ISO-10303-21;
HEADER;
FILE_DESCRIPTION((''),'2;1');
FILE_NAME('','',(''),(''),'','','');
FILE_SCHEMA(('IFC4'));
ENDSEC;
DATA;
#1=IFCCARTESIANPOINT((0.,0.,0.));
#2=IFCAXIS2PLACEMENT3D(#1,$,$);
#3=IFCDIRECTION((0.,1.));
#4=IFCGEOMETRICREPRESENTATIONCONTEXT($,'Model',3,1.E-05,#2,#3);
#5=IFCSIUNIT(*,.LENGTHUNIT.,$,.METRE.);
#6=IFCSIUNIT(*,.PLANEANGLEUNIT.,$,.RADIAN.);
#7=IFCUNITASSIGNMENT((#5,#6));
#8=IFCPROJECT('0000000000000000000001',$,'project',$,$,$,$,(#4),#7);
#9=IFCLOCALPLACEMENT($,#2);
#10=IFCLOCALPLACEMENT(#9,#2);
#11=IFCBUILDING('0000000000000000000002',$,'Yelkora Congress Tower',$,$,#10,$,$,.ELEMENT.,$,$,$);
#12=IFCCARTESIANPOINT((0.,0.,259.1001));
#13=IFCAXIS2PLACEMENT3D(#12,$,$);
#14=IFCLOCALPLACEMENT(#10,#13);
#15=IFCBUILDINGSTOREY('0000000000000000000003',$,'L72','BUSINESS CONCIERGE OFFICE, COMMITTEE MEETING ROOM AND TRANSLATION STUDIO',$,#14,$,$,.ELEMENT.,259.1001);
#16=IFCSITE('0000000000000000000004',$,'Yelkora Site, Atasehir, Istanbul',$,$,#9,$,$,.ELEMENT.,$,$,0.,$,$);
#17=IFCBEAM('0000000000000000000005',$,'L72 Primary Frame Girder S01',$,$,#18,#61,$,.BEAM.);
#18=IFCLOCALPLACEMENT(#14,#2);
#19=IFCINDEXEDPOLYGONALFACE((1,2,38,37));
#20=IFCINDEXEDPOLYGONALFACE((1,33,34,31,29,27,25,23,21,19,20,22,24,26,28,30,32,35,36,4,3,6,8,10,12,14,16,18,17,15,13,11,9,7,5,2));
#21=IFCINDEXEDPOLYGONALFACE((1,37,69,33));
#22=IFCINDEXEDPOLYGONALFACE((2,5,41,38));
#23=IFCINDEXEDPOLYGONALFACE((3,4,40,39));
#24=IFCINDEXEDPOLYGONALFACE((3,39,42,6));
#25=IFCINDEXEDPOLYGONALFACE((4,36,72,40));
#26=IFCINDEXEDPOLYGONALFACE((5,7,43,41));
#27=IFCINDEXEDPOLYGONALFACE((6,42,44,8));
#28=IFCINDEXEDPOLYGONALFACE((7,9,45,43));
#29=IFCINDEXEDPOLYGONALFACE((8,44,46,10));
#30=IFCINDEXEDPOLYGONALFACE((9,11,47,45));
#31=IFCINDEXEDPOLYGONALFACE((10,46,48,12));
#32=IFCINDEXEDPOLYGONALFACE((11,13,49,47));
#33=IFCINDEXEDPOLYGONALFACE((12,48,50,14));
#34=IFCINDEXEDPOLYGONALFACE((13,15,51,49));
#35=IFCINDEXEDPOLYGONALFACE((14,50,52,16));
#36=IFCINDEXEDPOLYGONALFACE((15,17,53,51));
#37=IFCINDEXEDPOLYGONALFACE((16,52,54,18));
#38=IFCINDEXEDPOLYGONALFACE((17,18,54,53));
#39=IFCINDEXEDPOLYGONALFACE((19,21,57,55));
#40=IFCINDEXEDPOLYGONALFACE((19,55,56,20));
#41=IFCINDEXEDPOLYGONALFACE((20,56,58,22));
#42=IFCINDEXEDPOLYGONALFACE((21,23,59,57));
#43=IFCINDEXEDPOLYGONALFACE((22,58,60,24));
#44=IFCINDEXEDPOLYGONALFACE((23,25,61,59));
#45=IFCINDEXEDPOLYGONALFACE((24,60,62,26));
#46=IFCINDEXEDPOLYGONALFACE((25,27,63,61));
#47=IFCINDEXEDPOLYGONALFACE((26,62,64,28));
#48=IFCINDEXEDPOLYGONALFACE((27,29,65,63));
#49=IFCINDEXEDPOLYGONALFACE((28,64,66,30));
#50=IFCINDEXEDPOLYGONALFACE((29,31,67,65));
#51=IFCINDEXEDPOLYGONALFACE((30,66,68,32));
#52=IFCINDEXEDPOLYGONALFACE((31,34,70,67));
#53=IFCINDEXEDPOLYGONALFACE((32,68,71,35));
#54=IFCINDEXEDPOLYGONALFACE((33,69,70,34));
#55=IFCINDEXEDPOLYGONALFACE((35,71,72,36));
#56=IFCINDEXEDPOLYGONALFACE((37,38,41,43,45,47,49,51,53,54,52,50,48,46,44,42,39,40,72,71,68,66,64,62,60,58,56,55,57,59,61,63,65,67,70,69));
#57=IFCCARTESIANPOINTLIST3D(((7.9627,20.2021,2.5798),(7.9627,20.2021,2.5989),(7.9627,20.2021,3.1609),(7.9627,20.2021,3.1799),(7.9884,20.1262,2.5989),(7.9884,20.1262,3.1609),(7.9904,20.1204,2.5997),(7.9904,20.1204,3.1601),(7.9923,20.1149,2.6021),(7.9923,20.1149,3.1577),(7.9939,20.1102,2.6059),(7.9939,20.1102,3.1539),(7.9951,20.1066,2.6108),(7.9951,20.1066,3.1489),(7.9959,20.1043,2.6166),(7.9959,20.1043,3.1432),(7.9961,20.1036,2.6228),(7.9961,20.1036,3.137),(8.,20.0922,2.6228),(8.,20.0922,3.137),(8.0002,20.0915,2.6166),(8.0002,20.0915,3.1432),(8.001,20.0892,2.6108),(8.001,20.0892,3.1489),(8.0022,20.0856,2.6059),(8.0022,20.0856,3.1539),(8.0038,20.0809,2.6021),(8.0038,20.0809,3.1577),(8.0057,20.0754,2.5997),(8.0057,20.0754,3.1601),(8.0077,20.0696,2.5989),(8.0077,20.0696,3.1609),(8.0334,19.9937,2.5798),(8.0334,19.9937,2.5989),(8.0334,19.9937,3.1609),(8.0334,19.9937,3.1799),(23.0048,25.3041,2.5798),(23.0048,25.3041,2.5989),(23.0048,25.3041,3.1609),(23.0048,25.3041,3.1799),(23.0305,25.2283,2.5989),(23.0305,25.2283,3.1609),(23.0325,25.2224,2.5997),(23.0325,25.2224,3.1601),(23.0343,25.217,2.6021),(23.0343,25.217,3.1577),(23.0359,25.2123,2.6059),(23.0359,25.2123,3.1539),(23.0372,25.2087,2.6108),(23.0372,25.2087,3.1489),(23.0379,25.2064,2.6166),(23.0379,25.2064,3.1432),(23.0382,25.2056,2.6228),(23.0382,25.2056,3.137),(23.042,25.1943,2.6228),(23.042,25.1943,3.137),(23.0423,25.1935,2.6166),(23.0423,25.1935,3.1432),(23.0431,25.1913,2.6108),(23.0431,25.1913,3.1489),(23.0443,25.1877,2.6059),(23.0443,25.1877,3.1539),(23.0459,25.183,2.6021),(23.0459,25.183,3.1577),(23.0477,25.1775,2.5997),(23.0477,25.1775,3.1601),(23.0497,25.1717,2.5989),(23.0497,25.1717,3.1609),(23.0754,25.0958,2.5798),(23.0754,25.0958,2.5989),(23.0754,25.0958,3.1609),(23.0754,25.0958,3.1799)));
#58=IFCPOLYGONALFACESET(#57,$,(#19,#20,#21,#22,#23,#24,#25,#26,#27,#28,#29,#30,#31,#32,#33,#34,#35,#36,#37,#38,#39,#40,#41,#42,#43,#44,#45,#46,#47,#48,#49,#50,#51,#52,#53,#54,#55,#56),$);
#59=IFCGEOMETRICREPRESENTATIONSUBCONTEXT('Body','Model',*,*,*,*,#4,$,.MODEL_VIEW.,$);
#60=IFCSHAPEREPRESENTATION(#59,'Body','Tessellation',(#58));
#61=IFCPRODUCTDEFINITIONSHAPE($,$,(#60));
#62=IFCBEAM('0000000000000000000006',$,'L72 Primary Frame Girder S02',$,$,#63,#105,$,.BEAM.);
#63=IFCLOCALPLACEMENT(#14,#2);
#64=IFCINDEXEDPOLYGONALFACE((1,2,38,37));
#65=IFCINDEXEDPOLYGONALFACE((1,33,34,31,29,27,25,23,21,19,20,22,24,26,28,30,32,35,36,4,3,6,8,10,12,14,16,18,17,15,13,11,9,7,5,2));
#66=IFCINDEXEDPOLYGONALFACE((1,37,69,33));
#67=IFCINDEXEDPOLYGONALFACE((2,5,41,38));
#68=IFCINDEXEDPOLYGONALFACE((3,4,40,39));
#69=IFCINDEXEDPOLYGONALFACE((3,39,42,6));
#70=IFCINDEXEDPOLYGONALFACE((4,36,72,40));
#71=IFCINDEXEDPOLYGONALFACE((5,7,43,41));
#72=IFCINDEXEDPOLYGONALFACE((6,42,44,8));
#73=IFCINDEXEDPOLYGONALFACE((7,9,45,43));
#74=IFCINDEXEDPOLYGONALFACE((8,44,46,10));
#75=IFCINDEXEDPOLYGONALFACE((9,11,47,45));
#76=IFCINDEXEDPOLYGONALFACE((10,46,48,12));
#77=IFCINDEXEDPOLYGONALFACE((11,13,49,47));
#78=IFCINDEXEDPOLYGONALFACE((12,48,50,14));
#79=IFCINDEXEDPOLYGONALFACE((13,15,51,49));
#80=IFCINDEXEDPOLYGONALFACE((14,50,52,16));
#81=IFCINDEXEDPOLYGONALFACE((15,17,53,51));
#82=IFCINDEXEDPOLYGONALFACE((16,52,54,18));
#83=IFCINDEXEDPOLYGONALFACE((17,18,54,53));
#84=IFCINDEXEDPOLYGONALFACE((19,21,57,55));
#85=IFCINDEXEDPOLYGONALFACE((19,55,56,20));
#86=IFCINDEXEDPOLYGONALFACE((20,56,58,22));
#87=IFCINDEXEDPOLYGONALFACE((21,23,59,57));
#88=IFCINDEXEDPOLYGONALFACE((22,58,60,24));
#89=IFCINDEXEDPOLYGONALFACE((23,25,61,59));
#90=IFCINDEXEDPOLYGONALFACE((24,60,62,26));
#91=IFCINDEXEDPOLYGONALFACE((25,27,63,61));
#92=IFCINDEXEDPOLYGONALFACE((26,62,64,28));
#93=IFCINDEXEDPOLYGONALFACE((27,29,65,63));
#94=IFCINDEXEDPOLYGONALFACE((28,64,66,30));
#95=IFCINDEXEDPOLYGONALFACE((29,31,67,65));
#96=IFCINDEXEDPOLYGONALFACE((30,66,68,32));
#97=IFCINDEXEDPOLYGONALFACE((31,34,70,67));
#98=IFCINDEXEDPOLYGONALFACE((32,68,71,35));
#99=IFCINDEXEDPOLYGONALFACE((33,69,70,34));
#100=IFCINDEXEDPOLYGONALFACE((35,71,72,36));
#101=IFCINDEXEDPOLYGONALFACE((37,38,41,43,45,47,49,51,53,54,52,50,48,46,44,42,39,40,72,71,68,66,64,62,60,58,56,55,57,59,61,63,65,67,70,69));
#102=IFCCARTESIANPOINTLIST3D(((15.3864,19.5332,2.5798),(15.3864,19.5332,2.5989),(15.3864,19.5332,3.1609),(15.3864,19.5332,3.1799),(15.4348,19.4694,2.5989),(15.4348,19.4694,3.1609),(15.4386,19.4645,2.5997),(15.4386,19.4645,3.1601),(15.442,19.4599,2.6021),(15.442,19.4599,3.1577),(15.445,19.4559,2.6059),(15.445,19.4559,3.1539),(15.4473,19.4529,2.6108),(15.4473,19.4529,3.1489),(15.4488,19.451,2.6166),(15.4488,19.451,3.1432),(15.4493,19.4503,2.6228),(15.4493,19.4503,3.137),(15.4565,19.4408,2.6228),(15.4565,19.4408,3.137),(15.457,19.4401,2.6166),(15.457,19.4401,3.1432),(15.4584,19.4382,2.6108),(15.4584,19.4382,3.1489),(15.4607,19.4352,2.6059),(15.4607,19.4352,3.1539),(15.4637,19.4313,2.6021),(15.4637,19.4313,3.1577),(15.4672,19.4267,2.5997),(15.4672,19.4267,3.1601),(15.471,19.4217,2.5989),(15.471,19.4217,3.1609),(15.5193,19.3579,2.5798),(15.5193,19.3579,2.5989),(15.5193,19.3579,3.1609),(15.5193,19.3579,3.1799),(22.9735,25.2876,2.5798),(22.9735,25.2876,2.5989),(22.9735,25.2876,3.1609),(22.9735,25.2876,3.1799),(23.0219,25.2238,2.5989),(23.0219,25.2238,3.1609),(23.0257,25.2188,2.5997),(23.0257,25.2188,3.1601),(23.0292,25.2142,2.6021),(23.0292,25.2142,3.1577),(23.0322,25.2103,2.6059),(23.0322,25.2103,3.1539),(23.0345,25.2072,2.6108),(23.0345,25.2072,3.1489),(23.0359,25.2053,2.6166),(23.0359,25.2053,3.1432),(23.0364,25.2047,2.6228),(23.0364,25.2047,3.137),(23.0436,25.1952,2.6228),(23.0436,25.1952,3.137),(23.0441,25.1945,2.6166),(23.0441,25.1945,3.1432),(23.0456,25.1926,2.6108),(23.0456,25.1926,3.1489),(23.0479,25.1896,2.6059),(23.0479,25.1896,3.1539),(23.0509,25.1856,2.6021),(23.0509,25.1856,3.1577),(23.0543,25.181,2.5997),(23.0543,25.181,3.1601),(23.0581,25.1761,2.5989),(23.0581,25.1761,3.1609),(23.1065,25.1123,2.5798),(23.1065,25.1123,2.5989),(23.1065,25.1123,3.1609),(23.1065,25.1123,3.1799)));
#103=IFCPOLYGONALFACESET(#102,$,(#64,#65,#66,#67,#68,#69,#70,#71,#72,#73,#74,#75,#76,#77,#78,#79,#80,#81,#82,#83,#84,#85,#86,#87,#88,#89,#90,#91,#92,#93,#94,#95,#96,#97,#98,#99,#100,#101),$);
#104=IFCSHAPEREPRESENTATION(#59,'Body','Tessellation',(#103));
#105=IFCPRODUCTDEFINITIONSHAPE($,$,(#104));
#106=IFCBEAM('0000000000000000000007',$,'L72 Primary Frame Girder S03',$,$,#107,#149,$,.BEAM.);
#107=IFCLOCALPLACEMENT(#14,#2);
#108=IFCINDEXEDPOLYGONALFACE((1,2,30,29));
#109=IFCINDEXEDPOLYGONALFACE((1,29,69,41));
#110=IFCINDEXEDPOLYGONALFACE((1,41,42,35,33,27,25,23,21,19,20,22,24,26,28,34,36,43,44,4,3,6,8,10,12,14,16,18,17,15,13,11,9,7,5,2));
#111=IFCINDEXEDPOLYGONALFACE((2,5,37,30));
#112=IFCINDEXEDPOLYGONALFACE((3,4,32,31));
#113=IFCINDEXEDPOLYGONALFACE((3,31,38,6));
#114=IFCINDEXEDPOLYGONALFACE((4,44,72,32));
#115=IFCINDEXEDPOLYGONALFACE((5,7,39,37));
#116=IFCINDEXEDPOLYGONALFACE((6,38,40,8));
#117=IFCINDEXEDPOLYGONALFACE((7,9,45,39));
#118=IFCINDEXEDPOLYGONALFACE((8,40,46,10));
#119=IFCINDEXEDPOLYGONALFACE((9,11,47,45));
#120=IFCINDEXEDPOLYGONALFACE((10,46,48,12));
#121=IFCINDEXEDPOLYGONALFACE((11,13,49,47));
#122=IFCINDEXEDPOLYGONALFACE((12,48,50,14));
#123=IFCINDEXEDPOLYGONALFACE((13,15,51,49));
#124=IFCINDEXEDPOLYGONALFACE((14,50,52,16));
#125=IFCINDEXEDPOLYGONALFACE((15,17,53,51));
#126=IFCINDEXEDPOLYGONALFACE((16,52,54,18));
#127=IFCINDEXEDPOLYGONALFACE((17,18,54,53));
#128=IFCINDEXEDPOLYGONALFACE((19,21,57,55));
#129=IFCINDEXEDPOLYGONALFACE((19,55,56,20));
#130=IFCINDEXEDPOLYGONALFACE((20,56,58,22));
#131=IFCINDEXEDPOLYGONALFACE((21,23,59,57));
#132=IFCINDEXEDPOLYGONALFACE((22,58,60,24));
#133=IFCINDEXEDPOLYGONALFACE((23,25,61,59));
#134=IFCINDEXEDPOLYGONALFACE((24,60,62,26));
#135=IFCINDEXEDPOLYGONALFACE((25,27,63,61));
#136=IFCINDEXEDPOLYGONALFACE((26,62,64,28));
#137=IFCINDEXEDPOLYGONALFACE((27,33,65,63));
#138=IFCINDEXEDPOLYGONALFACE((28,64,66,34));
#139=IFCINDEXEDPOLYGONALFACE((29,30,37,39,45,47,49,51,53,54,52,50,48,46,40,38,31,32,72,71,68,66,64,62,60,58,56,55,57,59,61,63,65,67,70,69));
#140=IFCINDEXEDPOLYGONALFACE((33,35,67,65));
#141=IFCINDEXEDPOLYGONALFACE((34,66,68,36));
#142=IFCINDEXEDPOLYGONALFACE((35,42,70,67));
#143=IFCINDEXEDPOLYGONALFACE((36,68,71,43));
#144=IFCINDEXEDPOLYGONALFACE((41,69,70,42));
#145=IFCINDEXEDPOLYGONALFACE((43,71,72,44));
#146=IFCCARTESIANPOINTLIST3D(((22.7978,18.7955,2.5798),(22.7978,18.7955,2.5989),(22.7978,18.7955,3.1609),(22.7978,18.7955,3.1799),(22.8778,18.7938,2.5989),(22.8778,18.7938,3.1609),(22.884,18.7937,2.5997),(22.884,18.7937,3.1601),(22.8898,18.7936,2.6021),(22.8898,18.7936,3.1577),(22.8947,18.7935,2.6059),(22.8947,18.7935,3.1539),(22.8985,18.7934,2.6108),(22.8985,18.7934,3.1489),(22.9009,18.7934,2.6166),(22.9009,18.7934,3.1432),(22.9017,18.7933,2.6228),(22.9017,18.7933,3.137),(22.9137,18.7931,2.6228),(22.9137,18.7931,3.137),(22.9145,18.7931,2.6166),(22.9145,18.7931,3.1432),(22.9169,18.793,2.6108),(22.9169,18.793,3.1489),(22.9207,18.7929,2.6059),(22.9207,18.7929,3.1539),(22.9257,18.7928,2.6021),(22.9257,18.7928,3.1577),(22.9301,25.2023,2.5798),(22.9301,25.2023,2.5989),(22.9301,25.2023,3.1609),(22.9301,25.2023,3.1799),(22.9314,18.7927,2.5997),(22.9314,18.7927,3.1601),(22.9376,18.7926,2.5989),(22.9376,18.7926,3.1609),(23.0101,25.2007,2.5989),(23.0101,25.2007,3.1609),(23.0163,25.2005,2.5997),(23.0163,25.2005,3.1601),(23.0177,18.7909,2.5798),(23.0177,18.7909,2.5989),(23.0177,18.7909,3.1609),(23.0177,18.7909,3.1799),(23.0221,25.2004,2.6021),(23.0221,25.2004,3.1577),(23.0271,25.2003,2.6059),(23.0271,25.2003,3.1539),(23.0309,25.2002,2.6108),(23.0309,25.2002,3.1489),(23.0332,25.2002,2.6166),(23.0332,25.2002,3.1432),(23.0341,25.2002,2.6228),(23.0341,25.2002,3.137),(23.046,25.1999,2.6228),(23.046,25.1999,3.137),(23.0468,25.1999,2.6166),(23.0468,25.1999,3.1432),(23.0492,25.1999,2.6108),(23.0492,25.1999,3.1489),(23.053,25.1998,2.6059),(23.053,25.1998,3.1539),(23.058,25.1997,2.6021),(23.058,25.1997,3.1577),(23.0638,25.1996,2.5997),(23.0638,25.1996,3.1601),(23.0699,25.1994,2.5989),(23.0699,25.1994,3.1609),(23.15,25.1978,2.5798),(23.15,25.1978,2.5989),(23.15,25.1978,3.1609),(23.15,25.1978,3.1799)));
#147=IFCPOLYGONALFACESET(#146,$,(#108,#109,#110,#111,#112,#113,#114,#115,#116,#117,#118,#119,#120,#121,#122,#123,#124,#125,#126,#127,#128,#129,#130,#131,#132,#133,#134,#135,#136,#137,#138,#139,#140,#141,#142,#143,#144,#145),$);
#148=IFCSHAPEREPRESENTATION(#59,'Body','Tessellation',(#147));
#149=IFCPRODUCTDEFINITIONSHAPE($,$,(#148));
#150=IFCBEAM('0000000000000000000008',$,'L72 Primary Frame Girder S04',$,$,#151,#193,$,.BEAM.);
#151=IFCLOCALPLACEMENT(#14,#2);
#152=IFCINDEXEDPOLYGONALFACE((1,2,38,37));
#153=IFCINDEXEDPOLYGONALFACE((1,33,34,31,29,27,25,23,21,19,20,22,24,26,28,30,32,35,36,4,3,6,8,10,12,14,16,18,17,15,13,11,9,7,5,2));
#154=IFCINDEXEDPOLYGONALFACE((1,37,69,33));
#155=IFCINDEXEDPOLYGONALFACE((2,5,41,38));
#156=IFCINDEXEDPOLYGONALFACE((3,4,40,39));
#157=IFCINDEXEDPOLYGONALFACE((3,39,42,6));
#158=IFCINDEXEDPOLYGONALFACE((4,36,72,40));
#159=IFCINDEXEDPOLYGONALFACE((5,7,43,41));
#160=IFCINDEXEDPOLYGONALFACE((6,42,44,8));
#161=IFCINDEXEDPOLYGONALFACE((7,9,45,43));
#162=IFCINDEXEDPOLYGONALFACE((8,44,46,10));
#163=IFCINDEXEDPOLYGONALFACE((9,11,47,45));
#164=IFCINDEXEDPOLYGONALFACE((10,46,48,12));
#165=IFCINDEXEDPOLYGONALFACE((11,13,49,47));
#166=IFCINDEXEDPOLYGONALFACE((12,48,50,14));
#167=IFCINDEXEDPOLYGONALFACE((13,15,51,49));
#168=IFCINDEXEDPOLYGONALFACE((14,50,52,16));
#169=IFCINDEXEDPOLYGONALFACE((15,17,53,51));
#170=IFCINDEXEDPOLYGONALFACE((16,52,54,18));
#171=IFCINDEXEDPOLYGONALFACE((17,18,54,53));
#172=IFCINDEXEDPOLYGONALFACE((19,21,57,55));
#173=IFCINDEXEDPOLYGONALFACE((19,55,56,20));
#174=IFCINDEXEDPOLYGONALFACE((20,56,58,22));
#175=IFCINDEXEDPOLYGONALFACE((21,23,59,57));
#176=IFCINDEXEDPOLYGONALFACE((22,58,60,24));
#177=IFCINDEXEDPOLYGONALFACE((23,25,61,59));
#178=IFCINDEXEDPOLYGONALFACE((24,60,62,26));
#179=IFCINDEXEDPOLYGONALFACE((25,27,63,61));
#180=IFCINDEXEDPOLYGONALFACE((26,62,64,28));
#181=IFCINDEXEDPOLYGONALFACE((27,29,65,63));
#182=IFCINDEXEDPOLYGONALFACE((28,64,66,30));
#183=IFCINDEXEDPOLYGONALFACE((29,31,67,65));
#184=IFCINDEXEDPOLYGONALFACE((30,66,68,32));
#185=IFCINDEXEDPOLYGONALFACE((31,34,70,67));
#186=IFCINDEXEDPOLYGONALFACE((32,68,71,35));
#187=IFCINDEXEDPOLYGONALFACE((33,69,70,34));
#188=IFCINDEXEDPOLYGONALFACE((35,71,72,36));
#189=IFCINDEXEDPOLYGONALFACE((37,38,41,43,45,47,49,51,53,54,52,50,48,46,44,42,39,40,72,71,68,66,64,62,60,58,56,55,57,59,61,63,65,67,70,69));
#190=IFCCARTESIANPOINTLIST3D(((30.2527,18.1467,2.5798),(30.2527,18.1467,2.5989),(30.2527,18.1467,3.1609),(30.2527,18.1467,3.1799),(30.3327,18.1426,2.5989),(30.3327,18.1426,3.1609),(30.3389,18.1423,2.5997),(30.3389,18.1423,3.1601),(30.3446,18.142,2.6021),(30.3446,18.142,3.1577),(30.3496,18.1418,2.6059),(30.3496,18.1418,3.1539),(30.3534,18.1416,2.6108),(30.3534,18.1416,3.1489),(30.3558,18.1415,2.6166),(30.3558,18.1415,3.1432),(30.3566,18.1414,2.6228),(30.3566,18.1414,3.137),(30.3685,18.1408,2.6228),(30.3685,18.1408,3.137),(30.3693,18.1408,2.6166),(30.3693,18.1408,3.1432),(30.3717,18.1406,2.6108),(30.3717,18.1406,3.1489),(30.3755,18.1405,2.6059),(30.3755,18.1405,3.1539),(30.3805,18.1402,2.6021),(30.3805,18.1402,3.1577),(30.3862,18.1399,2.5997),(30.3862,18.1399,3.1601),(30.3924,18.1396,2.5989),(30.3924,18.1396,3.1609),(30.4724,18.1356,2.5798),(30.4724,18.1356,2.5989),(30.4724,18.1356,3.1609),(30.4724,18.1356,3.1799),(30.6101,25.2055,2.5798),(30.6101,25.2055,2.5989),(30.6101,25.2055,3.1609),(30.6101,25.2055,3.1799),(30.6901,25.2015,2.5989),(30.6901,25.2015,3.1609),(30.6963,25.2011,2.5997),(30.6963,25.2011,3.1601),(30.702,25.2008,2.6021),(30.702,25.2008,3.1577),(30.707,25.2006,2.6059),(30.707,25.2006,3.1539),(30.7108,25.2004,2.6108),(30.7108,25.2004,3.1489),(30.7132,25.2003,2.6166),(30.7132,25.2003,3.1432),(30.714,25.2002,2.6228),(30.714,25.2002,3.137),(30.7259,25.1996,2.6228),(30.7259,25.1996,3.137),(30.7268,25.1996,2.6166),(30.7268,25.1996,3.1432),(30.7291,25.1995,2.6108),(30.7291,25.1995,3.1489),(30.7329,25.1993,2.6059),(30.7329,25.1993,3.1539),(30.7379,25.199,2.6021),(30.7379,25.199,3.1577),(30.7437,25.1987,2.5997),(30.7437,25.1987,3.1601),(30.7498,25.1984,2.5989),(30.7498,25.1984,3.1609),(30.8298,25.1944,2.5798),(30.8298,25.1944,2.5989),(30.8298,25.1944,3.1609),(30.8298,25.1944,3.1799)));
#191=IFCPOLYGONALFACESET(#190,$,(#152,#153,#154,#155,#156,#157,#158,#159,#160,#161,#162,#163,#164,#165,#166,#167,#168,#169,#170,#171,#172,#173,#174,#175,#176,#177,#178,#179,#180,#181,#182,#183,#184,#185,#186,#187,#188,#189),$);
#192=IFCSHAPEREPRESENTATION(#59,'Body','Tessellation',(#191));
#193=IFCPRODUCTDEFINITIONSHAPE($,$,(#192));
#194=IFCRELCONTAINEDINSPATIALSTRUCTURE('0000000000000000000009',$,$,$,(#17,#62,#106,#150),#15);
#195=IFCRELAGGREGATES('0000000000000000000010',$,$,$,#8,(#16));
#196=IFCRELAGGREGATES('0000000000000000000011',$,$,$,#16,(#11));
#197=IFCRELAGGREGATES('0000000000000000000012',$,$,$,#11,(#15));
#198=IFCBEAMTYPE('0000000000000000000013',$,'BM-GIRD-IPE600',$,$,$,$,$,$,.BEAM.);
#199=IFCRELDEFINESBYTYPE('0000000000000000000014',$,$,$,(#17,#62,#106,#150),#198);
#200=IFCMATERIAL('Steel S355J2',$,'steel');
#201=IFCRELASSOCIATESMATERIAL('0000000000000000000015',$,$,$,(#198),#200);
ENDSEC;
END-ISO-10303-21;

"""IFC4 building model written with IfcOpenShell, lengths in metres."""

from ifc_helpers import new_model, si_unit, direction, frame, origin, origin_2d, place, context, subcontext, project, spatial, i_section, extrude, material, material_profile, profile_set, type_object, element, save


model = new_model("IFC4")

# Units and contexts
model_context = context("Model", 3, precision=1e-05, world=origin(), true_north=direction((0.0, 1.0)))
body_context = subcontext(model_context, "Body", "Model", "MODEL_VIEW")
ifc_project = project(units=[si_unit("LENGTHUNIT", "METRE"), si_unit("PLANEANGLEUNIT", "RADIAN")], contexts=[model_context])

# Site, building, storey
site_placement = place(None, origin())
site = spatial("IfcSite", under=ifc_project, at=site_placement, Name="Yelkora Site, Atasehir, Istanbul", CompositionType="ELEMENT", RefElevation=0.0)
building_placement = place(site_placement, origin())
building = spatial("IfcBuilding", under=site, at=building_placement, Name="Yelkora Congress Tower", CompositionType="ELEMENT")
storey_placement = place(building_placement, frame((0.0, 0.0, 259.1001)))
storey = spatial("IfcBuildingStorey", under=building, at=storey_placement, Name="L72", Description="BUSINESS CONCIERGE OFFICE, COMMITTEE MEETING ROOM AND TRANSLATION STUDIO", CompositionType="ELEMENT", Elevation=259.1001)

# Shared definitions
ifc_material_1 = material(Name="Steel S355J2", Category="steel")

# Beams
ifc_material_profile_1 = material_profile(ifc_material_1, i_section(OverallWidth=0.22, OverallDepth=0.6001, WebThickness=0.012, FlangeThickness=0.019, FilletRadius=0.0239, at=origin_2d()), Name="IPE 600")
ifc_profile_set_1 = profile_set([ifc_material_profile_1], Name="Steel S355J2")
beam_type_1 = type_object("IfcBeamType", Name="BM-GIRD-IPE600", PredefinedType="BEAM", material=ifc_profile_set_1)
beam_1_placement = place(storey_placement, frame((7.998, 20.0979, 2.8799), z_axis=(0.947007, 0.321213, 0.0), x_axis=(-0.321213, 0.947007, 0.0)))
element("IfcBeam", 1, at=beam_1_placement, inside=storey, type_object=beam_type_1, Name="L72 Primary Frame Girder S01", PredefinedType="BEAM", context=body_context, shape_type="SweptSolid", body=[
    extrude(i_section(OverallWidth=0.22, OverallDepth=0.6001, WebThickness=0.012, FlangeThickness=0.019, FilletRadius=0.0239, at=origin_2d()), origin(), (0.0, 0.0, 1.0), 15.8838),
])
beam_2_placement = place(storey_placement, frame((15.4529, 19.4456, 2.8799), z_axis=(0.796761, 0.604294, 0.0), x_axis=(-0.604294, 0.796761, 0.0)))
element("IfcBeam", 2, at=beam_2_placement, inside=storey, type_object=beam_type_1, Name="L72 Primary Frame Girder S02", PredefinedType="BEAM", context=body_context, shape_type="SweptSolid", body=[
    extrude(i_section(OverallWidth=0.22, OverallDepth=0.6001, WebThickness=0.012, FlangeThickness=0.019, FilletRadius=0.0239, at=origin_2d()), origin(), (0.0, 0.0, 1.0), 9.5225),
])
beam_3_placement = place(storey_placement, frame((22.9077, 18.7932, 2.8799), z_axis=(0.02065, 0.999787, 0.0), x_axis=(-0.999787, 0.02065, 0.0)))
element("IfcBeam", 3, at=beam_3_placement, inside=storey, type_object=beam_type_1, Name="L72 Primary Frame Girder S03", PredefinedType="BEAM", context=body_context, shape_type="SweptSolid", body=[
    extrude(i_section(OverallWidth=0.22, OverallDepth=0.6001, WebThickness=0.012, FlangeThickness=0.019, FilletRadius=0.0239, at=origin_2d()), origin(), (0.0, 0.0, 1.0), 6.4082),
])
beam_4_placement = place(storey_placement, frame((30.3625, 18.1411, 2.8799), z_axis=(0.05057, 0.998721, 0.0), x_axis=(-0.998721, 0.05057, 0.0)))
element("IfcBeam", 4, at=beam_4_placement, inside=storey, type_object=beam_type_1, Name="L72 Primary Frame Girder S04", PredefinedType="BEAM", context=body_context, shape_type="SweptSolid", body=[
    extrude(i_section(OverallWidth=0.22, OverallDepth=0.6001, WebThickness=0.012, FlangeThickness=0.019, FilletRadius=0.0239, at=origin_2d()), origin(), (0.0, 0.0, 1.0), 7.0679),
])

save(model, "model.ifc")
